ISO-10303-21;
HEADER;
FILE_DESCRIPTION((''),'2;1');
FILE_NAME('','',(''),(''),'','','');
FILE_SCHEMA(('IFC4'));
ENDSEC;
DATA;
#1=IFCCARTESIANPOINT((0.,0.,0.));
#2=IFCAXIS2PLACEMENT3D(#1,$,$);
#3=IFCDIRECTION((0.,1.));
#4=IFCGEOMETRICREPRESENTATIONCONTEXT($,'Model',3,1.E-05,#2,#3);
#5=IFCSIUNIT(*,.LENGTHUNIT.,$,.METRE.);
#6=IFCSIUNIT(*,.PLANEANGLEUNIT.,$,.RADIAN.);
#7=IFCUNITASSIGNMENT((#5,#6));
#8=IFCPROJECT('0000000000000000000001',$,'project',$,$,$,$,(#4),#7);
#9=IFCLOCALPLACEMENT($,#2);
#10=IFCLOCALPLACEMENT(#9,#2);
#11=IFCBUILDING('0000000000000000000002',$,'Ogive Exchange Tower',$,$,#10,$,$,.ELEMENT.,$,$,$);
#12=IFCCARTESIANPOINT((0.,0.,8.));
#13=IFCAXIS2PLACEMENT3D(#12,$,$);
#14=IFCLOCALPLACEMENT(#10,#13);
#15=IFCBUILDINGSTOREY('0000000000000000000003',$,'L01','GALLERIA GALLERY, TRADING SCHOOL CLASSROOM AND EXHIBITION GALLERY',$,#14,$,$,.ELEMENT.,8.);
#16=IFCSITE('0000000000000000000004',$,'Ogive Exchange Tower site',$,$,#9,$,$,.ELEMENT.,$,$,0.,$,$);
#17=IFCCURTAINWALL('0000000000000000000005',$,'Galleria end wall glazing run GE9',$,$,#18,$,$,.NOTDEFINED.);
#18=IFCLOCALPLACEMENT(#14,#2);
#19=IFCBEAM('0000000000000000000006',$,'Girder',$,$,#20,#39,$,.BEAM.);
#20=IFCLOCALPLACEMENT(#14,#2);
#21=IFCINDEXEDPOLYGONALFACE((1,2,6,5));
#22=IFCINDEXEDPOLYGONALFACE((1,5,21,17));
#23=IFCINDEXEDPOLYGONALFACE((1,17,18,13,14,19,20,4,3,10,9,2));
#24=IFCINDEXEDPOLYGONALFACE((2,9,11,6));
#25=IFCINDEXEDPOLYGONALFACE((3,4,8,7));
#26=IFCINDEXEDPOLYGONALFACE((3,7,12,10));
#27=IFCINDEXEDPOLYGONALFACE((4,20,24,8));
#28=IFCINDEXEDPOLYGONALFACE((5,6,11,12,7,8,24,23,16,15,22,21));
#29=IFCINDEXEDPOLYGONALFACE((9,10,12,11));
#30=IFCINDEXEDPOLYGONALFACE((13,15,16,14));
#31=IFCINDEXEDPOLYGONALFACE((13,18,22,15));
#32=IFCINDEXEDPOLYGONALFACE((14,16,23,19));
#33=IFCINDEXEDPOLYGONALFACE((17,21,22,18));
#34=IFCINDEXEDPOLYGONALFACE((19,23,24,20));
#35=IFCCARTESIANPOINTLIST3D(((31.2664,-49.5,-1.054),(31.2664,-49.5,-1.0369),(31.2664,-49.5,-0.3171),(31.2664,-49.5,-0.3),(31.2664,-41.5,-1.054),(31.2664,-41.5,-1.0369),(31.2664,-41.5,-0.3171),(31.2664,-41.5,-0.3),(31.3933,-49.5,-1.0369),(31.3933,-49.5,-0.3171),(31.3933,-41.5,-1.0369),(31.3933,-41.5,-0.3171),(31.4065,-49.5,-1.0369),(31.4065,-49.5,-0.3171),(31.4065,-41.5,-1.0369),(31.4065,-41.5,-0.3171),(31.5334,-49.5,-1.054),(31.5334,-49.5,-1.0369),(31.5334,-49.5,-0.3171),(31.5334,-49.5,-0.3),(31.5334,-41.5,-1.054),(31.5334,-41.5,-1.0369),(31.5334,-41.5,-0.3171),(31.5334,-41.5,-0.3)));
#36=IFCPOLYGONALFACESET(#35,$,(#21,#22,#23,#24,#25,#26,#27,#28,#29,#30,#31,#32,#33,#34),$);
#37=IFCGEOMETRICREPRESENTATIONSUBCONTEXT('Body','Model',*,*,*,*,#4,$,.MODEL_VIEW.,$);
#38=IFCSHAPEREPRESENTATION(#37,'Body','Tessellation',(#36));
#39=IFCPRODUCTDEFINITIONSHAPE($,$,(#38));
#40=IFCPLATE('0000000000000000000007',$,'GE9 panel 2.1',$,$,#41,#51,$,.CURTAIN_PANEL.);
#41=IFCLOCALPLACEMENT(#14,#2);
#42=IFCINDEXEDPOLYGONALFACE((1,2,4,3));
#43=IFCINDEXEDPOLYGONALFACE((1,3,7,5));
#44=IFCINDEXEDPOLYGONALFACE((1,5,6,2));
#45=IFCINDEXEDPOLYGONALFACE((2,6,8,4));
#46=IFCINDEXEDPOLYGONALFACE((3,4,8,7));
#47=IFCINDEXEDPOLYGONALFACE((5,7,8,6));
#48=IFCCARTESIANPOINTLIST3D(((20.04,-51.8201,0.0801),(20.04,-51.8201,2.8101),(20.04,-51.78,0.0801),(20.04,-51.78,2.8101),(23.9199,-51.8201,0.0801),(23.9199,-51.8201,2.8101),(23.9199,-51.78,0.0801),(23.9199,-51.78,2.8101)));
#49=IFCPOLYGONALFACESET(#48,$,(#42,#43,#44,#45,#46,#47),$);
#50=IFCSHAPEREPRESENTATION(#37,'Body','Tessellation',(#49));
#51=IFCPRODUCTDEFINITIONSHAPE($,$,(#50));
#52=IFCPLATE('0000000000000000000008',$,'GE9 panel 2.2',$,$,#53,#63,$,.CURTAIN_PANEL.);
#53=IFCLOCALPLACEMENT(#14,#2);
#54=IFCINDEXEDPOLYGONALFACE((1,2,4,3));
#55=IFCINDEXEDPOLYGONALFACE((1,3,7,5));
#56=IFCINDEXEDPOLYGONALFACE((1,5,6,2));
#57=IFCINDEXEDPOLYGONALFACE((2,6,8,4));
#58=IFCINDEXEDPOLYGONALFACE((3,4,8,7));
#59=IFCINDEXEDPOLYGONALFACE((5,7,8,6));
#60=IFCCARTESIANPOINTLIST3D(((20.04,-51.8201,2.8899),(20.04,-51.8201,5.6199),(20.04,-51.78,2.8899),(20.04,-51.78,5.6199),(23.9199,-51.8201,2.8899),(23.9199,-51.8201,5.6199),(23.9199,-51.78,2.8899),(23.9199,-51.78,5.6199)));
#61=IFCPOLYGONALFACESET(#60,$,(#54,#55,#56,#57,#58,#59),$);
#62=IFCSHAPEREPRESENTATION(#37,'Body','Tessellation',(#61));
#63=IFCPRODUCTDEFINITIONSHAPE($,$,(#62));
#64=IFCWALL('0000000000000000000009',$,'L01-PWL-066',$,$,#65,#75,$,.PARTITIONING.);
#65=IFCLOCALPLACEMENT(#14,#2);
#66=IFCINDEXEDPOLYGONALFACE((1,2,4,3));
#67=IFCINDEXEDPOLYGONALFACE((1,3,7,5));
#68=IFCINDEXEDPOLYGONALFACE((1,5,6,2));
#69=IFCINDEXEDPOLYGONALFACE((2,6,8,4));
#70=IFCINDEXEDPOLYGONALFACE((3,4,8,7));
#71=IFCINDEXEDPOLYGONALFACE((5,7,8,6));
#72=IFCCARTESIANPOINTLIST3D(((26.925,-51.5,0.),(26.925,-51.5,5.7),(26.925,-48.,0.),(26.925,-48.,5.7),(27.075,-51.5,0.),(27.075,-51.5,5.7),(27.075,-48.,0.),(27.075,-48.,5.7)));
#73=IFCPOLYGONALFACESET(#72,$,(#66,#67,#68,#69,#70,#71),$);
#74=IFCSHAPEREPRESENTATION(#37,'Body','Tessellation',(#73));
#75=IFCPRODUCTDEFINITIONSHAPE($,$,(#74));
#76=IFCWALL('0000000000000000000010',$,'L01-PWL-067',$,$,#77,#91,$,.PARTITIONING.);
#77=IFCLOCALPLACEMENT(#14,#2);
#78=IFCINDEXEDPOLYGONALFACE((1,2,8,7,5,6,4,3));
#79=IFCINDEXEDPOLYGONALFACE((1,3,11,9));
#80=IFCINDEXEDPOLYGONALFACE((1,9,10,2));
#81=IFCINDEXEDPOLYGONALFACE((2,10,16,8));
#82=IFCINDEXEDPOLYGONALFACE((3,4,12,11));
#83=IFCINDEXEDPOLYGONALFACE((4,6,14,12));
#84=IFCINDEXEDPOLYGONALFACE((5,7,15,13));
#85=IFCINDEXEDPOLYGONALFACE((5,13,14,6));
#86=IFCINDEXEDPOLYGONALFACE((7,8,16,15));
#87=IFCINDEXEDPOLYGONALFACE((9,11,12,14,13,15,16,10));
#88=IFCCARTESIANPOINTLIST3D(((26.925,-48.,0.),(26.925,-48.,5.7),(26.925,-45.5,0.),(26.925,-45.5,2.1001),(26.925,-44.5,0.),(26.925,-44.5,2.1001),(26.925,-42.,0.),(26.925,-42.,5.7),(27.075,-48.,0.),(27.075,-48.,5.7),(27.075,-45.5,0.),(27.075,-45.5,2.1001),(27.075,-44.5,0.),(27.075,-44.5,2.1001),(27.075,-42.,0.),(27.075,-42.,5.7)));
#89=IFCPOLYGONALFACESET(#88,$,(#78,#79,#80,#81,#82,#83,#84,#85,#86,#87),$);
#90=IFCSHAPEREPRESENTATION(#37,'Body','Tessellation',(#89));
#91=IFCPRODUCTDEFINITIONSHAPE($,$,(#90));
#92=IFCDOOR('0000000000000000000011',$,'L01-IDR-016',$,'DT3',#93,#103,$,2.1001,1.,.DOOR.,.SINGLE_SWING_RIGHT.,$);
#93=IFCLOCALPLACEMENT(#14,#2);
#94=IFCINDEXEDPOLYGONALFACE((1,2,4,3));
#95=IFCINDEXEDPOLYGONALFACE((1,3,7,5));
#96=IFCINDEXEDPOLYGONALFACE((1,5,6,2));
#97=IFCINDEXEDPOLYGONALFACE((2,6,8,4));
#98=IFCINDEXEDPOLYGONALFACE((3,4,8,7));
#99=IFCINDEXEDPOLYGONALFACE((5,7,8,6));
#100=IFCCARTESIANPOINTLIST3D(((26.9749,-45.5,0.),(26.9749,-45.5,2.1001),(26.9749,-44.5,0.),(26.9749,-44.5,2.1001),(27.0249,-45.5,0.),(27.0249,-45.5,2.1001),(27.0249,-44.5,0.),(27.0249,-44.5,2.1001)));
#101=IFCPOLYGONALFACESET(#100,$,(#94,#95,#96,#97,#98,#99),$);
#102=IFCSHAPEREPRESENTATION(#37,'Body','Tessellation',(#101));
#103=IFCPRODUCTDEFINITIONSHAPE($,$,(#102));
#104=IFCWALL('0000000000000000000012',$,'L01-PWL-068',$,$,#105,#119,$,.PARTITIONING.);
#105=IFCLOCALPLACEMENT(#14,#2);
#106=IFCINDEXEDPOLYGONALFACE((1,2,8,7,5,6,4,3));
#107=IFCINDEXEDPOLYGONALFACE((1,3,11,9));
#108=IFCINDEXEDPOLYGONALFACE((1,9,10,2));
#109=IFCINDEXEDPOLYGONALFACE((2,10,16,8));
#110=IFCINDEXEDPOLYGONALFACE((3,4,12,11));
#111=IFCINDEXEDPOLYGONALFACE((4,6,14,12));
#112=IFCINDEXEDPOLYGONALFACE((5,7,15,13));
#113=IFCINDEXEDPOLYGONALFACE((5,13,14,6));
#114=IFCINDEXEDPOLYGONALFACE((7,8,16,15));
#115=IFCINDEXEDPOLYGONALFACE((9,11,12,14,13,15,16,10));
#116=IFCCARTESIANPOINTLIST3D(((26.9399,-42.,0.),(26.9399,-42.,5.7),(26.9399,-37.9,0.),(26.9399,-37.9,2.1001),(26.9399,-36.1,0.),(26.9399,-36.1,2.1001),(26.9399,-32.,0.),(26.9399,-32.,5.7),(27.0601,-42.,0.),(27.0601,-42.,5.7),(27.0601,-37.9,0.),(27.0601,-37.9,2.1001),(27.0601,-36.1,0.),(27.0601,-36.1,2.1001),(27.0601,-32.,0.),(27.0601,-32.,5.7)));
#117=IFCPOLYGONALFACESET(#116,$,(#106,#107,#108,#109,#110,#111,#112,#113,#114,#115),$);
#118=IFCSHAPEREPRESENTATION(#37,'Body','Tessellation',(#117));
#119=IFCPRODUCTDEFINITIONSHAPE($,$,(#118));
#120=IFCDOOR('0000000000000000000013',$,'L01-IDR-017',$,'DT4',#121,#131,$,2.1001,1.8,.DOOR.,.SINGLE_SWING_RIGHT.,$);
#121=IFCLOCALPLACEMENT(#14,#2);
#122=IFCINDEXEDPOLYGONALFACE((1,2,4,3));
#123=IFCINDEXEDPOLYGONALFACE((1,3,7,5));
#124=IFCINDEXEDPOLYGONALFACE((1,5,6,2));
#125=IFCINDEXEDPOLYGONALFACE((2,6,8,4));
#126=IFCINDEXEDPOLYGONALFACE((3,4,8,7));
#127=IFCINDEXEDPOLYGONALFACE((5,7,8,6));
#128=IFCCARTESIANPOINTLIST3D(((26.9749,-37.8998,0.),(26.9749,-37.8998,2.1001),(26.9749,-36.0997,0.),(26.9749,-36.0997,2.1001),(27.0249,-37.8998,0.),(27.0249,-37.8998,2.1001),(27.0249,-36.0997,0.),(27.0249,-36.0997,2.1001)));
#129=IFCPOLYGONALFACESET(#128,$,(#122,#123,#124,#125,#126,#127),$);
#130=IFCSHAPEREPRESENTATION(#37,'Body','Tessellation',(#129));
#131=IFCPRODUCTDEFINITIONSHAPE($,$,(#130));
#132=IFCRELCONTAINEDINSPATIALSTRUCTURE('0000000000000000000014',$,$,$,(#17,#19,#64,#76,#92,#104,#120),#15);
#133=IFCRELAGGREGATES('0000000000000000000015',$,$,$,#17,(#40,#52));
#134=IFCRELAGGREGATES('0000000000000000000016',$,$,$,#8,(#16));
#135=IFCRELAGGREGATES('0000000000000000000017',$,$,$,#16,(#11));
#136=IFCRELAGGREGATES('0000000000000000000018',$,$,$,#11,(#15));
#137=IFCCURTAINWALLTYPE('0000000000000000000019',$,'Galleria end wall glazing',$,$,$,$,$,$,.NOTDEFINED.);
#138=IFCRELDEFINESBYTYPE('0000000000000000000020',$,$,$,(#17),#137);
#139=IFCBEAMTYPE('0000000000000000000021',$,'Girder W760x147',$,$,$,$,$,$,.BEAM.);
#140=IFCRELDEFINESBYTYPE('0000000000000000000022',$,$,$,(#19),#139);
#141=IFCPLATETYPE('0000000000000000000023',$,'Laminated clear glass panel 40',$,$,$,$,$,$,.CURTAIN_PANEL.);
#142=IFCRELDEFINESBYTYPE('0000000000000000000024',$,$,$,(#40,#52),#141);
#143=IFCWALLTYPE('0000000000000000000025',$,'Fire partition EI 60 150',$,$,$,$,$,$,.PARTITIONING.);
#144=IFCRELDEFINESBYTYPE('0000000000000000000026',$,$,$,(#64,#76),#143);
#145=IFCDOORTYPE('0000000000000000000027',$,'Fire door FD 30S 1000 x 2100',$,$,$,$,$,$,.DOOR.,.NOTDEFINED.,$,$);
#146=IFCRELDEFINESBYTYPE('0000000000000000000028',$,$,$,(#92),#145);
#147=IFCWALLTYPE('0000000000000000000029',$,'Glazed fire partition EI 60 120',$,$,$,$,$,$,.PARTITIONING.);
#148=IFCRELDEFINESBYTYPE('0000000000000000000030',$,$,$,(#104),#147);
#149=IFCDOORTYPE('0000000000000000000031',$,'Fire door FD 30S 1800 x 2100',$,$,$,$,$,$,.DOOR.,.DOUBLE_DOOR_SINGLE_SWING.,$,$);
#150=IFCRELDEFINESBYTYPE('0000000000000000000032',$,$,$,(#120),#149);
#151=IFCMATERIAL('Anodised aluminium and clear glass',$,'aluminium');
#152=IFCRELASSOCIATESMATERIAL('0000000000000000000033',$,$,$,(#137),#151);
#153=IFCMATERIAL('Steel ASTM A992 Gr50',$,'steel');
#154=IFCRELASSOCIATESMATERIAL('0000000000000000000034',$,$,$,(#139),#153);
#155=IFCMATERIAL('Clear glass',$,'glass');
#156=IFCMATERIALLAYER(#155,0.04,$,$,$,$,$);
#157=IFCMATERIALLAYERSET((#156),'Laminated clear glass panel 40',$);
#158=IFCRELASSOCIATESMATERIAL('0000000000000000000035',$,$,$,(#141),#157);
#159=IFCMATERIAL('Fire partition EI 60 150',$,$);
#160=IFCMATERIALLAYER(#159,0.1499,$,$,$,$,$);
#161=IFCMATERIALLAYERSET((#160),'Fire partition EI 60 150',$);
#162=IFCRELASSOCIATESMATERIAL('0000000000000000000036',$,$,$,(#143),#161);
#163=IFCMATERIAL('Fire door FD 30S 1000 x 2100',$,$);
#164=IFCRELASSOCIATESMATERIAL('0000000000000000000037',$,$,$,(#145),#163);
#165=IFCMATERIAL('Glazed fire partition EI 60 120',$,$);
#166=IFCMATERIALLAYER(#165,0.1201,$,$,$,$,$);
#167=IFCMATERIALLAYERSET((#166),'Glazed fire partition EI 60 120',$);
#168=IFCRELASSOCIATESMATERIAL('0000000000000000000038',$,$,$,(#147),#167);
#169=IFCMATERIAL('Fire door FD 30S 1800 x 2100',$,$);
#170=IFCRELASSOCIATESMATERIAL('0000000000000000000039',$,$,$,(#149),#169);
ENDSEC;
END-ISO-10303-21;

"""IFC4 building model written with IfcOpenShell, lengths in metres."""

from ifc_helpers import new_model, si_unit, direction, frame, frame_2d, origin, origin_2d, place, context, subcontext, project, spatial, rectangle, i_section, extrude, material, layer, layer_set, material_profile, profile_set, type_object, element, fill, aggregate, save


model = new_model("IFC4")

# Units and contexts
model_context = context("Model", 3, precision=1e-05, world=origin(), true_north=direction((0.0, 1.0)))
body_context = subcontext(model_context, "Body", "Model", "MODEL_VIEW")
ifc_project = project(units=[si_unit("LENGTHUNIT", "METRE"), si_unit("PLANEANGLEUNIT", "RADIAN")], contexts=[model_context])

# Site, building, storey
site_placement = place(None, origin())
site = spatial("IfcSite", under=ifc_project, at=site_placement, Name="Ogive Exchange Tower site", CompositionType="ELEMENT", RefElevation=0.0)
building_placement = place(site_placement, origin())
building = spatial("IfcBuilding", under=site, at=building_placement, Name="Ogive Exchange Tower", CompositionType="ELEMENT")
storey_placement = place(building_placement, frame((0.0, 0.0, 8.0)))
storey = spatial("IfcBuildingStorey", under=building, at=storey_placement, Name="L01", Description="GALLERIA GALLERY, TRADING SCHOOL CLASSROOM AND EXHIBITION GALLERY", CompositionType="ELEMENT", Elevation=8.0)

# Shared definitions
ifc_material_1 = material(Name="Steel ASTM A992 Gr50", Category="steel")

# Curtain wall
ifc_material_2 = material(Name="Anodised aluminium and clear glass", Category="aluminium")
curtain_wall_type = type_object("IfcCurtainWallType", Name="Galleria end wall glazing", PredefinedType="NOTDEFINED", material=ifc_material_2)
curtain_wall_placement = place(storey_placement, origin())
curtain_wall = element("IfcCurtainWall", 1, at=curtain_wall_placement, inside=storey, type_object=curtain_wall_type, Name="Galleria end wall glazing run GE9", PredefinedType="NOTDEFINED")

# Beam
ifc_material_profile_1 = material_profile(ifc_material_1, i_section(OverallWidth=0.2671, OverallDepth=0.7539, WebThickness=0.0132, FlangeThickness=0.0171, at=origin_2d()), Name="W760x147")
ifc_profile_set_1 = profile_set([ifc_material_profile_1], Name="Steel ASTM A992 Gr50")
beam_type_1 = type_object("IfcBeamType", Name="Girder W760x147", PredefinedType="BEAM", material=ifc_profile_set_1)
beam_1_placement = place(storey_placement, frame((31.3999, -49.5, -0.677), z_axis=(0.0, 1.0, 0.0), x_axis=(-1.0, 0.0, 0.0)))
element("IfcBeam", 2, at=beam_1_placement, inside=storey, type_object=beam_type_1, Name="Girder", PredefinedType="BEAM", context=body_context, shape_type="SweptSolid", body=[
    extrude(i_section(OverallWidth=0.2671, OverallDepth=0.7539, WebThickness=0.0132, FlangeThickness=0.0171, at=origin_2d()), origin(), (0.0, 0.0, 1.0), 8.0),
])

# Plates
ifc_material_3 = material(Name="Clear glass", Category="glass")
ifc_layer_1 = layer(ifc_material_3, 0.04)
ifc_layer_set_1 = layer_set([ifc_layer_1], Name="Laminated clear glass panel 40")
plate_type = type_object("IfcPlateType", Name="Laminated clear glass panel 40", PredefinedType="CURTAIN_PANEL", material=ifc_layer_set_1)
plate_1_placement = place(storey_placement, frame((21.98, -51.8, 0.0801), z_axis=(0.0, 0.0, 1.0), x_axis=(1.0, 0.0, 0.0)))
plate_1 = element("IfcPlate", 3, at=plate_1_placement, type_object=plate_type, Name="GE9 panel 2.1", PredefinedType="CURTAIN_PANEL", context=body_context, shape_type="SweptSolid", body=[
    extrude(rectangle(XDim=3.8799, YDim=0.04, at=origin_2d()), origin(), (0.0, 0.0, 1.0), 2.73),
])
plate_2_placement = place(storey_placement, frame((21.98, -51.8, 2.8899), z_axis=(0.0, 0.0, 1.0), x_axis=(1.0, 0.0, 0.0)))
plate_2 = element("IfcPlate", 4, at=plate_2_placement, type_object=plate_type, Name="GE9 panel 2.2", PredefinedType="CURTAIN_PANEL", context=body_context, shape_type="SweptSolid", body=[
    extrude(rectangle(XDim=3.8799, YDim=0.04, at=origin_2d()), origin(), (0.0, 0.0, 1.0), 2.73),
])
aggregate(curtain_wall, [plate_1, plate_2])

# Wall
ifc_material_4 = material(Name="Fire partition EI 60 150")
ifc_layer_2 = layer(ifc_material_4, 0.1499)
ifc_layer_set_2 = layer_set([ifc_layer_2], Name="Fire partition EI 60 150")
wall_type_1 = type_object("IfcWallType", Name="Fire partition EI 60 150", PredefinedType="PARTITIONING", material=ifc_layer_set_2)
wall_1_placement = place(storey_placement, frame((27.0, -51.5, 0.0), z_axis=(0.0, 0.0, 1.0), x_axis=(0.0, 1.0, 0.0)))
element("IfcWall", 5, at=wall_1_placement, inside=storey, type_object=wall_type_1, Name="L01-PWL-066", PredefinedType="PARTITIONING", context=body_context, shape_type="SweptSolid", body=[
    extrude(rectangle(XDim=3.5, YDim=0.1499, at=frame_2d((1.75, 0.0))), origin(), (0.0, 0.0, 1.0), 5.7),
])

# Walls, openings, doors
wall_2_placement = place(storey_placement, frame((27.0, -48.0, 0.0), z_axis=(0.0, 0.0, 1.0), x_axis=(0.0, 1.0, 0.0)))
wall_2 = element("IfcWall", 6, at=wall_2_placement, inside=storey, type_object=wall_type_1, Name="L01-PWL-067", PredefinedType="PARTITIONING", context=body_context, shape_type="SweptSolid", body=[
    extrude(rectangle(XDim=6.0, YDim=0.1499, at=frame_2d((3.0, 0.0))), origin(), (0.0, 0.0, 1.0), 5.7),
])
opening_1_placement = place(wall_2_placement, frame((2.5, 0.0, 0.0)))
opening_1 = element("IfcOpeningElement", 7, at=opening_1_placement, cuts=wall_2, PredefinedType="OPENING", context=body_context, shape_type="SweptSolid", body=[
    extrude(rectangle(XDim=1.0, YDim=2.1001, at=frame_2d((0.5, 1.05))), frame((0.0, 0.085, 0.0), z_axis=(0.0, -1.0, 0.0), x_axis=(1.0, 0.0, 0.0)), (0.0, 0.0, 1.0), 0.1699),
])
ifc_material_5 = material(Name="Fire door FD 30S 1000 x 2100")
door_type_1 = type_object("IfcDoorType", Name="Fire door FD 30S 1000 x 2100", OperationType="NOTDEFINED", PredefinedType="DOOR", material=ifc_material_5)
door_1_placement = place(opening_1_placement, frame((1.0, 0.0, 0.0), z_axis=(0.0, 0.0, 1.0), x_axis=(-1.0, 0.0, 0.0)))
door_1 = element("IfcDoor", 8, at=door_1_placement, inside=storey, type_object=door_type_1, Name="L01-IDR-016", ObjectType="DT3", OperationType="SINGLE_SWING_RIGHT", OverallHeight=2.1001, OverallWidth=1.0, PredefinedType="DOOR", context=body_context, shape_type="SweptSolid", body=[
    extrude(rectangle(XDim=1.0, YDim=2.1001, at=frame_2d((0.5, 1.05))), frame((0.0, 0.0249, 0.0), z_axis=(0.0, -1.0, 0.0), x_axis=(1.0, 0.0, 0.0)), (0.0, 0.0, 1.0), 0.05),
])
fill(opening_1, door_1)
ifc_material_6 = material(Name="Glazed fire partition EI 60 120")
ifc_layer_3 = layer(ifc_material_6, 0.1201)
ifc_layer_set_3 = layer_set([ifc_layer_3], Name="Glazed fire partition EI 60 120")
wall_type_2 = type_object("IfcWallType", Name="Glazed fire partition EI 60 120", PredefinedType="PARTITIONING", material=ifc_layer_set_3)
wall_3_placement = place(storey_placement, frame((27.0, -42.0, 0.0), z_axis=(0.0, 0.0, 1.0), x_axis=(0.0, 1.0, 0.0)))
wall_3 = element("IfcWall", 9, at=wall_3_placement, inside=storey, type_object=wall_type_2, Name="L01-PWL-068", PredefinedType="PARTITIONING", context=body_context, shape_type="SweptSolid", body=[
    extrude(rectangle(XDim=10.0, YDim=0.1201, at=frame_2d((5.0, 0.0))), origin(), (0.0, 0.0, 1.0), 5.7),
])
opening_2_placement = place(wall_3_placement, frame((4.1001, 0.0, 0.0)))
opening_2 = element("IfcOpeningElement", 10, at=opening_2_placement, cuts=wall_3, PredefinedType="OPENING", context=body_context, shape_type="SweptSolid", body=[
    extrude(rectangle(XDim=1.8, YDim=2.1001, at=frame_2d((0.8999, 1.05))), frame((0.0, 0.0701, 0.0), z_axis=(0.0, -1.0, 0.0), x_axis=(1.0, 0.0, 0.0)), (0.0, 0.0, 1.0), 0.1401),
])
ifc_material_7 = material(Name="Fire door FD 30S 1800 x 2100")
door_type_2 = type_object("IfcDoorType", Name="Fire door FD 30S 1800 x 2100", OperationType="DOUBLE_DOOR_SINGLE_SWING", PredefinedType="DOOR", material=ifc_material_7)
door_2_placement = place(opening_2_placement, frame((1.8, 0.0, 0.0), z_axis=(0.0, 0.0, 1.0), x_axis=(-1.0, 0.0, 0.0)))
door_2 = element("IfcDoor", 11, at=door_2_placement, inside=storey, type_object=door_type_2, Name="L01-IDR-017", ObjectType="DT4", OperationType="SINGLE_SWING_RIGHT", OverallHeight=2.1001, OverallWidth=1.8, PredefinedType="DOOR", context=body_context, shape_type="SweptSolid", body=[
    extrude(rectangle(XDim=1.8, YDim=2.1001, at=frame_2d((0.8999, 1.05))), frame((0.0, 0.0249, 0.0), z_axis=(0.0, -1.0, 0.0), x_axis=(1.0, 0.0, 0.0)), (0.0, 0.0, 1.0), 0.05),
])
fill(opening_2, door_2)

save(model, "model.ifc")
